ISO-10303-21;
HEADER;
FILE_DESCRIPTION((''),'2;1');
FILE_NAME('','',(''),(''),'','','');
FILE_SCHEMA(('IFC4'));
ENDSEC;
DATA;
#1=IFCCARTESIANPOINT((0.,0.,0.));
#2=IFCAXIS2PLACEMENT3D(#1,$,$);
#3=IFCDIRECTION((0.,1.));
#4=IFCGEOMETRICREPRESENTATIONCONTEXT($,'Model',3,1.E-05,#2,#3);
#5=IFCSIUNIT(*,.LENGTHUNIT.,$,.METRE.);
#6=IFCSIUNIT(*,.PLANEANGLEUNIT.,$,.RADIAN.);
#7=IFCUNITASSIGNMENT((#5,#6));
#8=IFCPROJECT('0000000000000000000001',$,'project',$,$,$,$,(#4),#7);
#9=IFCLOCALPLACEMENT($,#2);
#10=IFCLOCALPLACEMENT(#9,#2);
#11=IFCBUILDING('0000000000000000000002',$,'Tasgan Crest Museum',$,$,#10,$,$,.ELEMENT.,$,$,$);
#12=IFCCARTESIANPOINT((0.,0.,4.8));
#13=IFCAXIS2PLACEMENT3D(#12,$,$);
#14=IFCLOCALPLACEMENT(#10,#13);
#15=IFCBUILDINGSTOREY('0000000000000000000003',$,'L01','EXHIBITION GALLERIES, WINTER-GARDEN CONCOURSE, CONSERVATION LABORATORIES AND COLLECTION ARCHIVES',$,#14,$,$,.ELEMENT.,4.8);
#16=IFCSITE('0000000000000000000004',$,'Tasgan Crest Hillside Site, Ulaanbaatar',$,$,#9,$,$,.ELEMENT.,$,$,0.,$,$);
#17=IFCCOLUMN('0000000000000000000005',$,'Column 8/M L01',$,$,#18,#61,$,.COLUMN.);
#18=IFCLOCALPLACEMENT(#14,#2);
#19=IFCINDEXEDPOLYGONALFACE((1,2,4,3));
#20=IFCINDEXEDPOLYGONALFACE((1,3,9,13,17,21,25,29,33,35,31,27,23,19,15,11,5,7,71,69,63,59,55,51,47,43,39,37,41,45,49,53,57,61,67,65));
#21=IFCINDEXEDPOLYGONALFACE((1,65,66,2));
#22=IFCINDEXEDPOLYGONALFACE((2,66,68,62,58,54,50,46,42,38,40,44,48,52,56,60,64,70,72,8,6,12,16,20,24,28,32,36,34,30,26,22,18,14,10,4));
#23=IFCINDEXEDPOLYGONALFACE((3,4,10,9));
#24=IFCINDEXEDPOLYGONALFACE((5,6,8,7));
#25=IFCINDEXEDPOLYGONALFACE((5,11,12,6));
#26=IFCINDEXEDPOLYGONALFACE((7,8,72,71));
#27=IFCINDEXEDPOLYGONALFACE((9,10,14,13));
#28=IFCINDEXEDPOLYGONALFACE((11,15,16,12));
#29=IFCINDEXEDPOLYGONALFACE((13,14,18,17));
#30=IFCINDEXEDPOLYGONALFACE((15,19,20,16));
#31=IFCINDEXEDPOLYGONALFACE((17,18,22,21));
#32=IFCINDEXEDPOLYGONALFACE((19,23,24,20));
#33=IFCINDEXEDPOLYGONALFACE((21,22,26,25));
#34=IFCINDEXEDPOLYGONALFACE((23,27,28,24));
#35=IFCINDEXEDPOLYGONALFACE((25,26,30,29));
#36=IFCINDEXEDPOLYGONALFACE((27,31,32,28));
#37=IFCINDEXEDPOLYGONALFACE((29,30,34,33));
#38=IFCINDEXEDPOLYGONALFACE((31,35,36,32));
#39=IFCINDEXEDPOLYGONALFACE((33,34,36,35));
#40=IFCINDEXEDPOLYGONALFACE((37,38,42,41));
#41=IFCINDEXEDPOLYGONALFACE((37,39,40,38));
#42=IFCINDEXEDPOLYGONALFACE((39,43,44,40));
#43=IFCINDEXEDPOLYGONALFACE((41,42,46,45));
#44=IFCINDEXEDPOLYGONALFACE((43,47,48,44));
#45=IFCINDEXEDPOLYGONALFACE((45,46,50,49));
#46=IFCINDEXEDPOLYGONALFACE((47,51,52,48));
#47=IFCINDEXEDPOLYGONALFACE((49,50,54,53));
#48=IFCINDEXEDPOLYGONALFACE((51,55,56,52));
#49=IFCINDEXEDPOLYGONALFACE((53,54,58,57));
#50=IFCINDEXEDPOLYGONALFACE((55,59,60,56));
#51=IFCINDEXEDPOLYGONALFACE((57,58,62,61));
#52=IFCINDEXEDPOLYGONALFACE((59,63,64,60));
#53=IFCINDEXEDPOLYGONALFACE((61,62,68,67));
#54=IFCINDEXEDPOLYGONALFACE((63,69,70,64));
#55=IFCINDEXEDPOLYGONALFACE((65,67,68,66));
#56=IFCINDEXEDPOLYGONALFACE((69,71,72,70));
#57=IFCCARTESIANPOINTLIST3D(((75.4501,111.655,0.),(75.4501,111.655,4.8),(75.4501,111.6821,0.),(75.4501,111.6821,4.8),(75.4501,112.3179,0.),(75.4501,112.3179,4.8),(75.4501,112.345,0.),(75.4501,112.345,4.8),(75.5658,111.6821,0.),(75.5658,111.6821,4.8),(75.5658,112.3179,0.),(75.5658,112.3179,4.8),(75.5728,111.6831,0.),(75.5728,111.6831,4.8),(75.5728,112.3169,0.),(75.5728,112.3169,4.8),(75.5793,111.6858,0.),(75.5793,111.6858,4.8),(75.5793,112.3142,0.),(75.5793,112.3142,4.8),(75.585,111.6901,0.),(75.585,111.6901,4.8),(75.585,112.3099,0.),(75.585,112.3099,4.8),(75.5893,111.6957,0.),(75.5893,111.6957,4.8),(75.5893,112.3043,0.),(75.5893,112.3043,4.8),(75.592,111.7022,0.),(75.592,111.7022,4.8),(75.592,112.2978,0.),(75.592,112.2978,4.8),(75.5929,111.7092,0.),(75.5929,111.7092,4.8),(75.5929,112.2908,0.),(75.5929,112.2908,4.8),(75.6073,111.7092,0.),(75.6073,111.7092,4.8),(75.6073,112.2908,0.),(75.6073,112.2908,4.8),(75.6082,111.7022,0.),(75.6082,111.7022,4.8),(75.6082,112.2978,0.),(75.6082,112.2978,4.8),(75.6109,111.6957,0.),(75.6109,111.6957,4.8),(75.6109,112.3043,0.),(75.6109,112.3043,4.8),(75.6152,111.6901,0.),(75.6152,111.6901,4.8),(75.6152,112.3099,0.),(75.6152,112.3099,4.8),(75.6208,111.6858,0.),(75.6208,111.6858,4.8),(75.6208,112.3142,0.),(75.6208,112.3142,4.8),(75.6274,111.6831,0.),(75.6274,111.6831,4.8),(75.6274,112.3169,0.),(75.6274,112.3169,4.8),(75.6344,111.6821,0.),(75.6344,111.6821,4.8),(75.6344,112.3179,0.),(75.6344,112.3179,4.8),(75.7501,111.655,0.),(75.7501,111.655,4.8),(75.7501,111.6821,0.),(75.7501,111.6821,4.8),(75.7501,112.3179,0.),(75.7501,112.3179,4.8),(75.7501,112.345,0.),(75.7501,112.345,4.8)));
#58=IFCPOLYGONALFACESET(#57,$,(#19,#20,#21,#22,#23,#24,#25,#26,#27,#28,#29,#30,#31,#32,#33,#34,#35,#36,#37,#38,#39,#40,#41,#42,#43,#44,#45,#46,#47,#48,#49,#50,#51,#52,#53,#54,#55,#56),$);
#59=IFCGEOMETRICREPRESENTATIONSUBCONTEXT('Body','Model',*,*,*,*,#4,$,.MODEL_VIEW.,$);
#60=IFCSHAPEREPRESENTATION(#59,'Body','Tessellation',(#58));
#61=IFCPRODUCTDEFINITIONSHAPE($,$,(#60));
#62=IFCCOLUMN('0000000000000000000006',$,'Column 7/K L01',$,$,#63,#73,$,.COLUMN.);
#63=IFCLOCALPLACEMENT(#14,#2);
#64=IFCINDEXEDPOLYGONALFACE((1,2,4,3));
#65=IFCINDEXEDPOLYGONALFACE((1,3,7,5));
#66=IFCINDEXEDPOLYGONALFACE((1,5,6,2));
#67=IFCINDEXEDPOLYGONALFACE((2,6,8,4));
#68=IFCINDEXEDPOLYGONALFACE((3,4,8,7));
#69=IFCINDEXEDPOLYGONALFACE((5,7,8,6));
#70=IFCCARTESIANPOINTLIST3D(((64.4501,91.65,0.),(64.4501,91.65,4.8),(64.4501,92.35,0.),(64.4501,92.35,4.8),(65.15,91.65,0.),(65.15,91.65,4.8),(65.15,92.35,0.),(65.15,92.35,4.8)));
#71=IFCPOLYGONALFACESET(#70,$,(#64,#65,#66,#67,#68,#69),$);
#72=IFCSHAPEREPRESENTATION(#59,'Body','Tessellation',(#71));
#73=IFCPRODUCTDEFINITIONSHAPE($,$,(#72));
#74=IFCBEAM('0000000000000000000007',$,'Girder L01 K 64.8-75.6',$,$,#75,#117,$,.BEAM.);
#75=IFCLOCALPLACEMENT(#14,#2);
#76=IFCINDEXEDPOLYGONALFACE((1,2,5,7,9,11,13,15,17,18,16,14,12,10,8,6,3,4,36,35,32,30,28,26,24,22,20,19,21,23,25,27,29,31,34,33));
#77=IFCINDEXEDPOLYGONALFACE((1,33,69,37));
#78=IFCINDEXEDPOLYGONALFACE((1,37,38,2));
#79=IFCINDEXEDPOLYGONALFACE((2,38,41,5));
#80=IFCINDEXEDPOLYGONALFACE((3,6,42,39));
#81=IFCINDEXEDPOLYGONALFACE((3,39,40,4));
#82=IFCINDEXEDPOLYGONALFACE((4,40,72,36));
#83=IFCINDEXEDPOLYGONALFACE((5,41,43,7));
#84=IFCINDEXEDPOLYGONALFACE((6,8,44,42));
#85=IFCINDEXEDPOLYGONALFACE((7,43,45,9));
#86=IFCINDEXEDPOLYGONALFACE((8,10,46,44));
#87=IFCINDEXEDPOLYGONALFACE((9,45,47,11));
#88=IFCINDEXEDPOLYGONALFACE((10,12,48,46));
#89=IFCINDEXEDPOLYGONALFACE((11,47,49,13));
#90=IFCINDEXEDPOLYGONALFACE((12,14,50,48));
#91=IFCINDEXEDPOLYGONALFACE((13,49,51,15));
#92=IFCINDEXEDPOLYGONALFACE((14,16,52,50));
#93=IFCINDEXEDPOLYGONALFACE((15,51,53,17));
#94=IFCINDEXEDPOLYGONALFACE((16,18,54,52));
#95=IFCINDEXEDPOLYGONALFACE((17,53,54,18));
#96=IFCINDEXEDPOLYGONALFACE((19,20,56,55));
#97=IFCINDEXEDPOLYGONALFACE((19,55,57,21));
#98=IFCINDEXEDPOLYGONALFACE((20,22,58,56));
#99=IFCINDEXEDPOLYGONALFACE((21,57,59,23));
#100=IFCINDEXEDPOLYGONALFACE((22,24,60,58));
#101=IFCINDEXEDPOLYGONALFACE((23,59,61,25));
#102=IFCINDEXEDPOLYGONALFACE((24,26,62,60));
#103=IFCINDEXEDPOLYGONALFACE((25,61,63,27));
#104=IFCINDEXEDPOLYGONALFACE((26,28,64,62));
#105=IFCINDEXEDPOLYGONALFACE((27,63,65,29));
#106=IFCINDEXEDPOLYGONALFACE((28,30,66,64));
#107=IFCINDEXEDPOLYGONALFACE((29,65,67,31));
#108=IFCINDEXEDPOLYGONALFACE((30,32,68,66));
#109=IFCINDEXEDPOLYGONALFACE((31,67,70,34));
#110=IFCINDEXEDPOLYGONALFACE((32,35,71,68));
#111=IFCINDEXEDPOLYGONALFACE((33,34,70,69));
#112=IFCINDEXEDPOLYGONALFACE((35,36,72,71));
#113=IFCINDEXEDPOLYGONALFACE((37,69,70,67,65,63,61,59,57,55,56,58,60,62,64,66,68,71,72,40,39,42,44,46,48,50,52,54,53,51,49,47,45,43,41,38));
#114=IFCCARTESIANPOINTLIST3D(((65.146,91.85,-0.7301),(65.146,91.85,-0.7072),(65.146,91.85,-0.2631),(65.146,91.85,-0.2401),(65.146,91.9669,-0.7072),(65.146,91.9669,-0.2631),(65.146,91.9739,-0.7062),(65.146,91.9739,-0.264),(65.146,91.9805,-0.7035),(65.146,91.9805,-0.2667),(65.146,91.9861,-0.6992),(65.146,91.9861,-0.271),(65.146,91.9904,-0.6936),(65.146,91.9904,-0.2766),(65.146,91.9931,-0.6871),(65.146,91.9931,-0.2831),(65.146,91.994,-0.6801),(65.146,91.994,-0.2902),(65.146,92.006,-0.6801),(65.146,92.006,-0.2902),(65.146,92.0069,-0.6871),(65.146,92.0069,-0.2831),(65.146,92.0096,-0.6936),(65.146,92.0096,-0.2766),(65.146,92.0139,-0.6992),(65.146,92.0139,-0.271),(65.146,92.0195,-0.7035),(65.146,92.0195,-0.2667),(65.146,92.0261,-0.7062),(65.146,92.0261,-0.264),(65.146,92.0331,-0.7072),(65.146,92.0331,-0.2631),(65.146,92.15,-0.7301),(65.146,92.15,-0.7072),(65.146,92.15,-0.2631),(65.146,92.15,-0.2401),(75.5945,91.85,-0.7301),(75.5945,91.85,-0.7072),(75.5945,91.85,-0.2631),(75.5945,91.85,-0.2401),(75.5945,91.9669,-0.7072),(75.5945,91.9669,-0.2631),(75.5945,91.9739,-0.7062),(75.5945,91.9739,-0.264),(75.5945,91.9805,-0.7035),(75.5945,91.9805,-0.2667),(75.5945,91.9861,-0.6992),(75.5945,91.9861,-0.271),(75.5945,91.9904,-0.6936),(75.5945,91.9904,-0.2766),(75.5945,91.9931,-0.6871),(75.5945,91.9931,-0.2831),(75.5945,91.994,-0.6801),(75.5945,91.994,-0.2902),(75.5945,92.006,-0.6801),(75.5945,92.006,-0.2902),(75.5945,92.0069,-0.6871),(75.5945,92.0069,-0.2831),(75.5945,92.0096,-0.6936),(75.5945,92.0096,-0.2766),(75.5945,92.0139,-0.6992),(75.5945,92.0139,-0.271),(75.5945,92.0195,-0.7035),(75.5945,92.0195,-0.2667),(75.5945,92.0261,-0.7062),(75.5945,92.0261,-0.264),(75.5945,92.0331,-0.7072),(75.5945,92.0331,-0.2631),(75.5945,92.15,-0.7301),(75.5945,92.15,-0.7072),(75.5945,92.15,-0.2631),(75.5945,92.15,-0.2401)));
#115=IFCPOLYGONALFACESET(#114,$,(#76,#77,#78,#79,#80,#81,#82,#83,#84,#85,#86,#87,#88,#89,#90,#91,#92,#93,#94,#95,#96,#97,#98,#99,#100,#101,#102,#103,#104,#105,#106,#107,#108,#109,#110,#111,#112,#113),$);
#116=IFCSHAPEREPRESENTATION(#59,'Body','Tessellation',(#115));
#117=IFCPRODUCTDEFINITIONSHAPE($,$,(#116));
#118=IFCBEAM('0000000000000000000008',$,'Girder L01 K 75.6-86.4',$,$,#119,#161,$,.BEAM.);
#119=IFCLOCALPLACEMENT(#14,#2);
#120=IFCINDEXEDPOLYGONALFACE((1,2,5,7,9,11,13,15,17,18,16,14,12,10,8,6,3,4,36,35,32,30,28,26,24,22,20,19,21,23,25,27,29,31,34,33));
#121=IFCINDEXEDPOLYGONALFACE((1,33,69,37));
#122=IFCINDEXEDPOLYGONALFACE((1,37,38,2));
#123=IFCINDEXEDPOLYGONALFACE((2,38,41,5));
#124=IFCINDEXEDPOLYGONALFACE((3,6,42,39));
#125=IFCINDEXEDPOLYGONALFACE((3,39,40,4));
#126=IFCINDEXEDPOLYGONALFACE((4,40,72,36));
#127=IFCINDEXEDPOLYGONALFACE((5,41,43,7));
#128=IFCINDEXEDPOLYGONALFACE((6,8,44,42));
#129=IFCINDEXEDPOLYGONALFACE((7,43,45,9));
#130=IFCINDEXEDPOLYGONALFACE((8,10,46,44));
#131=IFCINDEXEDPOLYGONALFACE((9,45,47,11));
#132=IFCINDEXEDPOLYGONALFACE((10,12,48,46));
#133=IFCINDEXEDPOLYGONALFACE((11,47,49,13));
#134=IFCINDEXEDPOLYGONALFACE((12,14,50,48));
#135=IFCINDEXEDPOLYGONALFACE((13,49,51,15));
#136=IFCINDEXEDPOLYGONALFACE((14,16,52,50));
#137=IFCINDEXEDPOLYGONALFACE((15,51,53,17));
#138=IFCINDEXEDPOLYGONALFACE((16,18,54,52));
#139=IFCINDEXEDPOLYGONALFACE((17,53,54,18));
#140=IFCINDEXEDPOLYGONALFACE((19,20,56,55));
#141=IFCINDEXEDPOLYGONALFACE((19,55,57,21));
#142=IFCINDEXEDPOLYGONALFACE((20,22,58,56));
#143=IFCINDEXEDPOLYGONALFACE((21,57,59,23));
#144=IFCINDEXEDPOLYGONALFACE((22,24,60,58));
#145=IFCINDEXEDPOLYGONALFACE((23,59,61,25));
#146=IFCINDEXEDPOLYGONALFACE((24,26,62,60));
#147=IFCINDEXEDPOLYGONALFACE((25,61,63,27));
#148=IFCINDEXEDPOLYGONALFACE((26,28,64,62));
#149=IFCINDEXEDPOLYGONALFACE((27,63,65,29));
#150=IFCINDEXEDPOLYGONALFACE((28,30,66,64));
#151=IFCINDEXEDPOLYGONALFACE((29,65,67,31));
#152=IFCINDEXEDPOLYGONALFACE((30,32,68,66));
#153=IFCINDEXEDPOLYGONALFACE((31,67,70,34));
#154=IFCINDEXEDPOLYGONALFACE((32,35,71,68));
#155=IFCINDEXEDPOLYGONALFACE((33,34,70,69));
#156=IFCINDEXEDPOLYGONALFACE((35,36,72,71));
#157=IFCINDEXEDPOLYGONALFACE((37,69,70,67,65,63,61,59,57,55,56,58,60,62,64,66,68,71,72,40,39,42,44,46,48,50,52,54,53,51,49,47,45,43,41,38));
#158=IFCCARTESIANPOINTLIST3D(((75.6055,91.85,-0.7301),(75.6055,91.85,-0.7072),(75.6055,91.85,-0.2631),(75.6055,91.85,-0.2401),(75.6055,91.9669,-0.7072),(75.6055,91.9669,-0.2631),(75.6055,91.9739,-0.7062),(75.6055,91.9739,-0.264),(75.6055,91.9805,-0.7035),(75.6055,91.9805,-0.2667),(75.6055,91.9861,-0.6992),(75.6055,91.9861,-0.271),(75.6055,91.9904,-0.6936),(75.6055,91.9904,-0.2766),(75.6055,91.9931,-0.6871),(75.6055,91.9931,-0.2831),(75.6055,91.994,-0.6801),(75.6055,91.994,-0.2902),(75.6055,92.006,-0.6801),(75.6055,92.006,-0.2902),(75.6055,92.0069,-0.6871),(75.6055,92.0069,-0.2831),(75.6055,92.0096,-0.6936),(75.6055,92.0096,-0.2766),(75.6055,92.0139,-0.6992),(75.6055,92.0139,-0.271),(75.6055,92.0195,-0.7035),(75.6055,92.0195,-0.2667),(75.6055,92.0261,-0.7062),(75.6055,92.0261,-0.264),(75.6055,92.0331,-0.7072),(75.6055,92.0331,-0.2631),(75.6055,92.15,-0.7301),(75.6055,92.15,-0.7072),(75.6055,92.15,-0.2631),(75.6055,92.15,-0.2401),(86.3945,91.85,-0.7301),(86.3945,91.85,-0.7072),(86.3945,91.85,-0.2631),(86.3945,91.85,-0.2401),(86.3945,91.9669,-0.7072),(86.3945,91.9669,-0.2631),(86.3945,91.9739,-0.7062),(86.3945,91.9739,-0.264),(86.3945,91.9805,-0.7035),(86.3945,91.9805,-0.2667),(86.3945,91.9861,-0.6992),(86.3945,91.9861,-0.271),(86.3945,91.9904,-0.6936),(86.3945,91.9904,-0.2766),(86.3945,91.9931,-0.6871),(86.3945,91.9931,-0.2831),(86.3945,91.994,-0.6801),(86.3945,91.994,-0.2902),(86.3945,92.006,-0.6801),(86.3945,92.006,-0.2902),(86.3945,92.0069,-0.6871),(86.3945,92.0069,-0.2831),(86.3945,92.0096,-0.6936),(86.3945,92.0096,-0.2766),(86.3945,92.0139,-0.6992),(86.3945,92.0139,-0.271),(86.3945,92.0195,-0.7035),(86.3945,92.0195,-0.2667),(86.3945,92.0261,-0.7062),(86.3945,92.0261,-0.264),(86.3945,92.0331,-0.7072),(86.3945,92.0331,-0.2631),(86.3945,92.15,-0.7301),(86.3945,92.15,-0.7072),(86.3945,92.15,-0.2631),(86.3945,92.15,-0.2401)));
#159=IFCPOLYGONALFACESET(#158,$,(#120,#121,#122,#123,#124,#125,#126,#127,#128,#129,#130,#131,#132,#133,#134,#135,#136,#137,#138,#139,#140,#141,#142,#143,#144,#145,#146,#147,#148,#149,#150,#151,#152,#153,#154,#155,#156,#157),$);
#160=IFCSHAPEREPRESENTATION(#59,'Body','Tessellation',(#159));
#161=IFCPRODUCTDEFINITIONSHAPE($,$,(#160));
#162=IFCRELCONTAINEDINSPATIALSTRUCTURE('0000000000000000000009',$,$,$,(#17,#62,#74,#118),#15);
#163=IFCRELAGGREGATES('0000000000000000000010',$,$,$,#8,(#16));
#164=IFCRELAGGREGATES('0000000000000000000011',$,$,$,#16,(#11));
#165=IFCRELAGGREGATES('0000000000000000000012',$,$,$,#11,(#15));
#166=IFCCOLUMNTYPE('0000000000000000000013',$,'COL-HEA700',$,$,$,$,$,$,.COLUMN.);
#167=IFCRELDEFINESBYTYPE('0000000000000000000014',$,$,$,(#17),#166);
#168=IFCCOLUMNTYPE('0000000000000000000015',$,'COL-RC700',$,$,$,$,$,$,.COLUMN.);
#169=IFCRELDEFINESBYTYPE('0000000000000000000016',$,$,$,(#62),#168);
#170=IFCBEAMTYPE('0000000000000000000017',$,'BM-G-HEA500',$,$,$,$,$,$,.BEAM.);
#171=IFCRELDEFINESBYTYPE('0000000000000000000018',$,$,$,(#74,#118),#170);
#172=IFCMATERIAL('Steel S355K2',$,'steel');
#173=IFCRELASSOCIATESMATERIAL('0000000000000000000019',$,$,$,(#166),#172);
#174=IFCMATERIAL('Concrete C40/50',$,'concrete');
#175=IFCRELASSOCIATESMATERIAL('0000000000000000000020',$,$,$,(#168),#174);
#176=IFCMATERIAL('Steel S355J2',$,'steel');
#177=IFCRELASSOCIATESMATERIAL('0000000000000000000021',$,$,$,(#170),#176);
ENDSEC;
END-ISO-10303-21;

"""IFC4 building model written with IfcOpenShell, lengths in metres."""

from ifc_helpers import new_model, si_unit, direction, frame, origin, origin_2d, place, context, subcontext, project, spatial, rectangle, i_section, extrude, material, material_profile, profile_set, type_object, element, save


model = new_model("IFC4")

# Units and contexts
model_context = context("Model", 3, precision=1e-05, world=origin(), true_north=direction((0.0, 1.0)))
body_context = subcontext(model_context, "Body", "Model", "MODEL_VIEW")
ifc_project = project(units=[si_unit("LENGTHUNIT", "METRE"), si_unit("PLANEANGLEUNIT", "RADIAN")], contexts=[model_context])

# Site, building, storey
site_placement = place(None, origin())
site = spatial("IfcSite", under=ifc_project, at=site_placement, Name="Tasgan Crest Hillside Site, Ulaanbaatar", CompositionType="ELEMENT", RefElevation=0.0)
building_placement = place(site_placement, origin())
building = spatial("IfcBuilding", under=site, at=building_placement, Name="Tasgan Crest Museum", CompositionType="ELEMENT")
storey_placement = place(building_placement, frame((0.0, 0.0, 4.8)))
storey = spatial("IfcBuildingStorey", under=building, at=storey_placement, Name="L01", Description="EXHIBITION GALLERIES, WINTER-GARDEN CONCOURSE, CONSERVATION LABORATORIES AND COLLECTION ARCHIVES", CompositionType="ELEMENT", Elevation=4.8)

# Columns
ifc_material_1 = material(Name="Steel S355K2", Category="steel")
ifc_material_profile_1 = material_profile(ifc_material_1, i_section(OverallWidth=0.3, OverallDepth=0.6899, WebThickness=0.0144, FlangeThickness=0.0271, FilletRadius=0.0271, at=origin_2d()), Name="HEA 700")
ifc_profile_set_1 = profile_set([ifc_material_profile_1], Name="Steel S355K2")
column_type_1 = type_object("IfcColumnType", Name="COL-HEA700", PredefinedType="COLUMN", material=ifc_profile_set_1)
for number, where, z_axis, x_axis, name in (
    (1, (75.6001, 112.0, 0.0), (0.0, 0.0, 1.0), (1.0, 0.0, 0.0), "Column 8/M L01"),
):
    element("IfcColumn", number, at=place(storey_placement, frame(where, z_axis=z_axis, x_axis=x_axis)), inside=storey, type_object=column_type_1, Name=name, PredefinedType="COLUMN", context=body_context, shape_type="SweptSolid", body=[
        extrude(i_section(OverallWidth=0.3, OverallDepth=0.6899, WebThickness=0.0144, FlangeThickness=0.0271, FilletRadius=0.0271, at=origin_2d()), origin(), (0.0, 0.0, 1.0), 4.8),
    ])
ifc_material_2 = material(Name="Concrete C40/50", Category="concrete")
ifc_material_profile_2 = material_profile(ifc_material_2, rectangle(XDim=0.7, YDim=0.7, at=origin_2d()), Name="RC 700x700")
ifc_profile_set_2 = profile_set([ifc_material_profile_2], Name="Concrete C40/50")
column_type_2 = type_object("IfcColumnType", Name="COL-RC700", PredefinedType="COLUMN", material=ifc_profile_set_2)
column_placement = place(storey_placement, frame((64.8, 92.0, 0.0), z_axis=(0.0, 0.0, 1.0), x_axis=(1.0, 0.0, 0.0)))
element("IfcColumn", 2, at=column_placement, inside=storey, type_object=column_type_2, Name="Column 7/K L01", PredefinedType="COLUMN", context=body_context, shape_type="SweptSolid", body=[
    extrude(rectangle(XDim=0.7, YDim=0.7, at=origin_2d()), origin(), (0.0, 0.0, 1.0), 4.8),
])

# Beams
ifc_material_3 = material(Name="Steel S355J2", Category="steel")
ifc_material_profile_3 = material_profile(ifc_material_3, i_section(OverallWidth=0.3, OverallDepth=0.49, WebThickness=0.012, FlangeThickness=0.0229, FilletRadius=0.0271, at=origin_2d()), Name="HEA 500")
ifc_profile_set_3 = profile_set([ifc_material_profile_3], Name="Steel S355J2")
beam_type_1 = type_object("IfcBeamType", Name="BM-G-HEA500", PredefinedType="BEAM", material=ifc_profile_set_3)
beam_1_placement = place(storey_placement, frame((65.146, 92.0, -0.4851), z_axis=(1.0, 0.0, 0.0), x_axis=(0.0, 1.0, 0.0)))
element("IfcBeam", 3, at=beam_1_placement, inside=storey, type_object=beam_type_1, Name="Girder L01 K 64.8-75.6", PredefinedType="BEAM", context=body_context, shape_type="SweptSolid", body=[
    extrude(i_section(OverallWidth=0.3, OverallDepth=0.49, WebThickness=0.012, FlangeThickness=0.0229, FilletRadius=0.0271, at=origin_2d()), origin(), (0.0, 0.0, 1.0), 10.4485),
])
for number, where, z_axis, x_axis, name in (
    (4, (75.6055, 92.0, -0.4851), (1.0, 0.0, 0.0), (0.0, 1.0, 0.0), "Girder L01 K 75.6-86.4"),
):
    element("IfcBeam", number, at=place(storey_placement, frame(where, z_axis=z_axis, x_axis=x_axis)), inside=storey, type_object=beam_type_1, Name=name, PredefinedType="BEAM", context=body_context, shape_type="SweptSolid", body=[
        extrude(i_section(OverallWidth=0.3, OverallDepth=0.49, WebThickness=0.012, FlangeThickness=0.0229, FilletRadius=0.0271, at=origin_2d()), origin(), (0.0, 0.0, 1.0), 10.7891),
    ])

save(model, "model.ifc")
